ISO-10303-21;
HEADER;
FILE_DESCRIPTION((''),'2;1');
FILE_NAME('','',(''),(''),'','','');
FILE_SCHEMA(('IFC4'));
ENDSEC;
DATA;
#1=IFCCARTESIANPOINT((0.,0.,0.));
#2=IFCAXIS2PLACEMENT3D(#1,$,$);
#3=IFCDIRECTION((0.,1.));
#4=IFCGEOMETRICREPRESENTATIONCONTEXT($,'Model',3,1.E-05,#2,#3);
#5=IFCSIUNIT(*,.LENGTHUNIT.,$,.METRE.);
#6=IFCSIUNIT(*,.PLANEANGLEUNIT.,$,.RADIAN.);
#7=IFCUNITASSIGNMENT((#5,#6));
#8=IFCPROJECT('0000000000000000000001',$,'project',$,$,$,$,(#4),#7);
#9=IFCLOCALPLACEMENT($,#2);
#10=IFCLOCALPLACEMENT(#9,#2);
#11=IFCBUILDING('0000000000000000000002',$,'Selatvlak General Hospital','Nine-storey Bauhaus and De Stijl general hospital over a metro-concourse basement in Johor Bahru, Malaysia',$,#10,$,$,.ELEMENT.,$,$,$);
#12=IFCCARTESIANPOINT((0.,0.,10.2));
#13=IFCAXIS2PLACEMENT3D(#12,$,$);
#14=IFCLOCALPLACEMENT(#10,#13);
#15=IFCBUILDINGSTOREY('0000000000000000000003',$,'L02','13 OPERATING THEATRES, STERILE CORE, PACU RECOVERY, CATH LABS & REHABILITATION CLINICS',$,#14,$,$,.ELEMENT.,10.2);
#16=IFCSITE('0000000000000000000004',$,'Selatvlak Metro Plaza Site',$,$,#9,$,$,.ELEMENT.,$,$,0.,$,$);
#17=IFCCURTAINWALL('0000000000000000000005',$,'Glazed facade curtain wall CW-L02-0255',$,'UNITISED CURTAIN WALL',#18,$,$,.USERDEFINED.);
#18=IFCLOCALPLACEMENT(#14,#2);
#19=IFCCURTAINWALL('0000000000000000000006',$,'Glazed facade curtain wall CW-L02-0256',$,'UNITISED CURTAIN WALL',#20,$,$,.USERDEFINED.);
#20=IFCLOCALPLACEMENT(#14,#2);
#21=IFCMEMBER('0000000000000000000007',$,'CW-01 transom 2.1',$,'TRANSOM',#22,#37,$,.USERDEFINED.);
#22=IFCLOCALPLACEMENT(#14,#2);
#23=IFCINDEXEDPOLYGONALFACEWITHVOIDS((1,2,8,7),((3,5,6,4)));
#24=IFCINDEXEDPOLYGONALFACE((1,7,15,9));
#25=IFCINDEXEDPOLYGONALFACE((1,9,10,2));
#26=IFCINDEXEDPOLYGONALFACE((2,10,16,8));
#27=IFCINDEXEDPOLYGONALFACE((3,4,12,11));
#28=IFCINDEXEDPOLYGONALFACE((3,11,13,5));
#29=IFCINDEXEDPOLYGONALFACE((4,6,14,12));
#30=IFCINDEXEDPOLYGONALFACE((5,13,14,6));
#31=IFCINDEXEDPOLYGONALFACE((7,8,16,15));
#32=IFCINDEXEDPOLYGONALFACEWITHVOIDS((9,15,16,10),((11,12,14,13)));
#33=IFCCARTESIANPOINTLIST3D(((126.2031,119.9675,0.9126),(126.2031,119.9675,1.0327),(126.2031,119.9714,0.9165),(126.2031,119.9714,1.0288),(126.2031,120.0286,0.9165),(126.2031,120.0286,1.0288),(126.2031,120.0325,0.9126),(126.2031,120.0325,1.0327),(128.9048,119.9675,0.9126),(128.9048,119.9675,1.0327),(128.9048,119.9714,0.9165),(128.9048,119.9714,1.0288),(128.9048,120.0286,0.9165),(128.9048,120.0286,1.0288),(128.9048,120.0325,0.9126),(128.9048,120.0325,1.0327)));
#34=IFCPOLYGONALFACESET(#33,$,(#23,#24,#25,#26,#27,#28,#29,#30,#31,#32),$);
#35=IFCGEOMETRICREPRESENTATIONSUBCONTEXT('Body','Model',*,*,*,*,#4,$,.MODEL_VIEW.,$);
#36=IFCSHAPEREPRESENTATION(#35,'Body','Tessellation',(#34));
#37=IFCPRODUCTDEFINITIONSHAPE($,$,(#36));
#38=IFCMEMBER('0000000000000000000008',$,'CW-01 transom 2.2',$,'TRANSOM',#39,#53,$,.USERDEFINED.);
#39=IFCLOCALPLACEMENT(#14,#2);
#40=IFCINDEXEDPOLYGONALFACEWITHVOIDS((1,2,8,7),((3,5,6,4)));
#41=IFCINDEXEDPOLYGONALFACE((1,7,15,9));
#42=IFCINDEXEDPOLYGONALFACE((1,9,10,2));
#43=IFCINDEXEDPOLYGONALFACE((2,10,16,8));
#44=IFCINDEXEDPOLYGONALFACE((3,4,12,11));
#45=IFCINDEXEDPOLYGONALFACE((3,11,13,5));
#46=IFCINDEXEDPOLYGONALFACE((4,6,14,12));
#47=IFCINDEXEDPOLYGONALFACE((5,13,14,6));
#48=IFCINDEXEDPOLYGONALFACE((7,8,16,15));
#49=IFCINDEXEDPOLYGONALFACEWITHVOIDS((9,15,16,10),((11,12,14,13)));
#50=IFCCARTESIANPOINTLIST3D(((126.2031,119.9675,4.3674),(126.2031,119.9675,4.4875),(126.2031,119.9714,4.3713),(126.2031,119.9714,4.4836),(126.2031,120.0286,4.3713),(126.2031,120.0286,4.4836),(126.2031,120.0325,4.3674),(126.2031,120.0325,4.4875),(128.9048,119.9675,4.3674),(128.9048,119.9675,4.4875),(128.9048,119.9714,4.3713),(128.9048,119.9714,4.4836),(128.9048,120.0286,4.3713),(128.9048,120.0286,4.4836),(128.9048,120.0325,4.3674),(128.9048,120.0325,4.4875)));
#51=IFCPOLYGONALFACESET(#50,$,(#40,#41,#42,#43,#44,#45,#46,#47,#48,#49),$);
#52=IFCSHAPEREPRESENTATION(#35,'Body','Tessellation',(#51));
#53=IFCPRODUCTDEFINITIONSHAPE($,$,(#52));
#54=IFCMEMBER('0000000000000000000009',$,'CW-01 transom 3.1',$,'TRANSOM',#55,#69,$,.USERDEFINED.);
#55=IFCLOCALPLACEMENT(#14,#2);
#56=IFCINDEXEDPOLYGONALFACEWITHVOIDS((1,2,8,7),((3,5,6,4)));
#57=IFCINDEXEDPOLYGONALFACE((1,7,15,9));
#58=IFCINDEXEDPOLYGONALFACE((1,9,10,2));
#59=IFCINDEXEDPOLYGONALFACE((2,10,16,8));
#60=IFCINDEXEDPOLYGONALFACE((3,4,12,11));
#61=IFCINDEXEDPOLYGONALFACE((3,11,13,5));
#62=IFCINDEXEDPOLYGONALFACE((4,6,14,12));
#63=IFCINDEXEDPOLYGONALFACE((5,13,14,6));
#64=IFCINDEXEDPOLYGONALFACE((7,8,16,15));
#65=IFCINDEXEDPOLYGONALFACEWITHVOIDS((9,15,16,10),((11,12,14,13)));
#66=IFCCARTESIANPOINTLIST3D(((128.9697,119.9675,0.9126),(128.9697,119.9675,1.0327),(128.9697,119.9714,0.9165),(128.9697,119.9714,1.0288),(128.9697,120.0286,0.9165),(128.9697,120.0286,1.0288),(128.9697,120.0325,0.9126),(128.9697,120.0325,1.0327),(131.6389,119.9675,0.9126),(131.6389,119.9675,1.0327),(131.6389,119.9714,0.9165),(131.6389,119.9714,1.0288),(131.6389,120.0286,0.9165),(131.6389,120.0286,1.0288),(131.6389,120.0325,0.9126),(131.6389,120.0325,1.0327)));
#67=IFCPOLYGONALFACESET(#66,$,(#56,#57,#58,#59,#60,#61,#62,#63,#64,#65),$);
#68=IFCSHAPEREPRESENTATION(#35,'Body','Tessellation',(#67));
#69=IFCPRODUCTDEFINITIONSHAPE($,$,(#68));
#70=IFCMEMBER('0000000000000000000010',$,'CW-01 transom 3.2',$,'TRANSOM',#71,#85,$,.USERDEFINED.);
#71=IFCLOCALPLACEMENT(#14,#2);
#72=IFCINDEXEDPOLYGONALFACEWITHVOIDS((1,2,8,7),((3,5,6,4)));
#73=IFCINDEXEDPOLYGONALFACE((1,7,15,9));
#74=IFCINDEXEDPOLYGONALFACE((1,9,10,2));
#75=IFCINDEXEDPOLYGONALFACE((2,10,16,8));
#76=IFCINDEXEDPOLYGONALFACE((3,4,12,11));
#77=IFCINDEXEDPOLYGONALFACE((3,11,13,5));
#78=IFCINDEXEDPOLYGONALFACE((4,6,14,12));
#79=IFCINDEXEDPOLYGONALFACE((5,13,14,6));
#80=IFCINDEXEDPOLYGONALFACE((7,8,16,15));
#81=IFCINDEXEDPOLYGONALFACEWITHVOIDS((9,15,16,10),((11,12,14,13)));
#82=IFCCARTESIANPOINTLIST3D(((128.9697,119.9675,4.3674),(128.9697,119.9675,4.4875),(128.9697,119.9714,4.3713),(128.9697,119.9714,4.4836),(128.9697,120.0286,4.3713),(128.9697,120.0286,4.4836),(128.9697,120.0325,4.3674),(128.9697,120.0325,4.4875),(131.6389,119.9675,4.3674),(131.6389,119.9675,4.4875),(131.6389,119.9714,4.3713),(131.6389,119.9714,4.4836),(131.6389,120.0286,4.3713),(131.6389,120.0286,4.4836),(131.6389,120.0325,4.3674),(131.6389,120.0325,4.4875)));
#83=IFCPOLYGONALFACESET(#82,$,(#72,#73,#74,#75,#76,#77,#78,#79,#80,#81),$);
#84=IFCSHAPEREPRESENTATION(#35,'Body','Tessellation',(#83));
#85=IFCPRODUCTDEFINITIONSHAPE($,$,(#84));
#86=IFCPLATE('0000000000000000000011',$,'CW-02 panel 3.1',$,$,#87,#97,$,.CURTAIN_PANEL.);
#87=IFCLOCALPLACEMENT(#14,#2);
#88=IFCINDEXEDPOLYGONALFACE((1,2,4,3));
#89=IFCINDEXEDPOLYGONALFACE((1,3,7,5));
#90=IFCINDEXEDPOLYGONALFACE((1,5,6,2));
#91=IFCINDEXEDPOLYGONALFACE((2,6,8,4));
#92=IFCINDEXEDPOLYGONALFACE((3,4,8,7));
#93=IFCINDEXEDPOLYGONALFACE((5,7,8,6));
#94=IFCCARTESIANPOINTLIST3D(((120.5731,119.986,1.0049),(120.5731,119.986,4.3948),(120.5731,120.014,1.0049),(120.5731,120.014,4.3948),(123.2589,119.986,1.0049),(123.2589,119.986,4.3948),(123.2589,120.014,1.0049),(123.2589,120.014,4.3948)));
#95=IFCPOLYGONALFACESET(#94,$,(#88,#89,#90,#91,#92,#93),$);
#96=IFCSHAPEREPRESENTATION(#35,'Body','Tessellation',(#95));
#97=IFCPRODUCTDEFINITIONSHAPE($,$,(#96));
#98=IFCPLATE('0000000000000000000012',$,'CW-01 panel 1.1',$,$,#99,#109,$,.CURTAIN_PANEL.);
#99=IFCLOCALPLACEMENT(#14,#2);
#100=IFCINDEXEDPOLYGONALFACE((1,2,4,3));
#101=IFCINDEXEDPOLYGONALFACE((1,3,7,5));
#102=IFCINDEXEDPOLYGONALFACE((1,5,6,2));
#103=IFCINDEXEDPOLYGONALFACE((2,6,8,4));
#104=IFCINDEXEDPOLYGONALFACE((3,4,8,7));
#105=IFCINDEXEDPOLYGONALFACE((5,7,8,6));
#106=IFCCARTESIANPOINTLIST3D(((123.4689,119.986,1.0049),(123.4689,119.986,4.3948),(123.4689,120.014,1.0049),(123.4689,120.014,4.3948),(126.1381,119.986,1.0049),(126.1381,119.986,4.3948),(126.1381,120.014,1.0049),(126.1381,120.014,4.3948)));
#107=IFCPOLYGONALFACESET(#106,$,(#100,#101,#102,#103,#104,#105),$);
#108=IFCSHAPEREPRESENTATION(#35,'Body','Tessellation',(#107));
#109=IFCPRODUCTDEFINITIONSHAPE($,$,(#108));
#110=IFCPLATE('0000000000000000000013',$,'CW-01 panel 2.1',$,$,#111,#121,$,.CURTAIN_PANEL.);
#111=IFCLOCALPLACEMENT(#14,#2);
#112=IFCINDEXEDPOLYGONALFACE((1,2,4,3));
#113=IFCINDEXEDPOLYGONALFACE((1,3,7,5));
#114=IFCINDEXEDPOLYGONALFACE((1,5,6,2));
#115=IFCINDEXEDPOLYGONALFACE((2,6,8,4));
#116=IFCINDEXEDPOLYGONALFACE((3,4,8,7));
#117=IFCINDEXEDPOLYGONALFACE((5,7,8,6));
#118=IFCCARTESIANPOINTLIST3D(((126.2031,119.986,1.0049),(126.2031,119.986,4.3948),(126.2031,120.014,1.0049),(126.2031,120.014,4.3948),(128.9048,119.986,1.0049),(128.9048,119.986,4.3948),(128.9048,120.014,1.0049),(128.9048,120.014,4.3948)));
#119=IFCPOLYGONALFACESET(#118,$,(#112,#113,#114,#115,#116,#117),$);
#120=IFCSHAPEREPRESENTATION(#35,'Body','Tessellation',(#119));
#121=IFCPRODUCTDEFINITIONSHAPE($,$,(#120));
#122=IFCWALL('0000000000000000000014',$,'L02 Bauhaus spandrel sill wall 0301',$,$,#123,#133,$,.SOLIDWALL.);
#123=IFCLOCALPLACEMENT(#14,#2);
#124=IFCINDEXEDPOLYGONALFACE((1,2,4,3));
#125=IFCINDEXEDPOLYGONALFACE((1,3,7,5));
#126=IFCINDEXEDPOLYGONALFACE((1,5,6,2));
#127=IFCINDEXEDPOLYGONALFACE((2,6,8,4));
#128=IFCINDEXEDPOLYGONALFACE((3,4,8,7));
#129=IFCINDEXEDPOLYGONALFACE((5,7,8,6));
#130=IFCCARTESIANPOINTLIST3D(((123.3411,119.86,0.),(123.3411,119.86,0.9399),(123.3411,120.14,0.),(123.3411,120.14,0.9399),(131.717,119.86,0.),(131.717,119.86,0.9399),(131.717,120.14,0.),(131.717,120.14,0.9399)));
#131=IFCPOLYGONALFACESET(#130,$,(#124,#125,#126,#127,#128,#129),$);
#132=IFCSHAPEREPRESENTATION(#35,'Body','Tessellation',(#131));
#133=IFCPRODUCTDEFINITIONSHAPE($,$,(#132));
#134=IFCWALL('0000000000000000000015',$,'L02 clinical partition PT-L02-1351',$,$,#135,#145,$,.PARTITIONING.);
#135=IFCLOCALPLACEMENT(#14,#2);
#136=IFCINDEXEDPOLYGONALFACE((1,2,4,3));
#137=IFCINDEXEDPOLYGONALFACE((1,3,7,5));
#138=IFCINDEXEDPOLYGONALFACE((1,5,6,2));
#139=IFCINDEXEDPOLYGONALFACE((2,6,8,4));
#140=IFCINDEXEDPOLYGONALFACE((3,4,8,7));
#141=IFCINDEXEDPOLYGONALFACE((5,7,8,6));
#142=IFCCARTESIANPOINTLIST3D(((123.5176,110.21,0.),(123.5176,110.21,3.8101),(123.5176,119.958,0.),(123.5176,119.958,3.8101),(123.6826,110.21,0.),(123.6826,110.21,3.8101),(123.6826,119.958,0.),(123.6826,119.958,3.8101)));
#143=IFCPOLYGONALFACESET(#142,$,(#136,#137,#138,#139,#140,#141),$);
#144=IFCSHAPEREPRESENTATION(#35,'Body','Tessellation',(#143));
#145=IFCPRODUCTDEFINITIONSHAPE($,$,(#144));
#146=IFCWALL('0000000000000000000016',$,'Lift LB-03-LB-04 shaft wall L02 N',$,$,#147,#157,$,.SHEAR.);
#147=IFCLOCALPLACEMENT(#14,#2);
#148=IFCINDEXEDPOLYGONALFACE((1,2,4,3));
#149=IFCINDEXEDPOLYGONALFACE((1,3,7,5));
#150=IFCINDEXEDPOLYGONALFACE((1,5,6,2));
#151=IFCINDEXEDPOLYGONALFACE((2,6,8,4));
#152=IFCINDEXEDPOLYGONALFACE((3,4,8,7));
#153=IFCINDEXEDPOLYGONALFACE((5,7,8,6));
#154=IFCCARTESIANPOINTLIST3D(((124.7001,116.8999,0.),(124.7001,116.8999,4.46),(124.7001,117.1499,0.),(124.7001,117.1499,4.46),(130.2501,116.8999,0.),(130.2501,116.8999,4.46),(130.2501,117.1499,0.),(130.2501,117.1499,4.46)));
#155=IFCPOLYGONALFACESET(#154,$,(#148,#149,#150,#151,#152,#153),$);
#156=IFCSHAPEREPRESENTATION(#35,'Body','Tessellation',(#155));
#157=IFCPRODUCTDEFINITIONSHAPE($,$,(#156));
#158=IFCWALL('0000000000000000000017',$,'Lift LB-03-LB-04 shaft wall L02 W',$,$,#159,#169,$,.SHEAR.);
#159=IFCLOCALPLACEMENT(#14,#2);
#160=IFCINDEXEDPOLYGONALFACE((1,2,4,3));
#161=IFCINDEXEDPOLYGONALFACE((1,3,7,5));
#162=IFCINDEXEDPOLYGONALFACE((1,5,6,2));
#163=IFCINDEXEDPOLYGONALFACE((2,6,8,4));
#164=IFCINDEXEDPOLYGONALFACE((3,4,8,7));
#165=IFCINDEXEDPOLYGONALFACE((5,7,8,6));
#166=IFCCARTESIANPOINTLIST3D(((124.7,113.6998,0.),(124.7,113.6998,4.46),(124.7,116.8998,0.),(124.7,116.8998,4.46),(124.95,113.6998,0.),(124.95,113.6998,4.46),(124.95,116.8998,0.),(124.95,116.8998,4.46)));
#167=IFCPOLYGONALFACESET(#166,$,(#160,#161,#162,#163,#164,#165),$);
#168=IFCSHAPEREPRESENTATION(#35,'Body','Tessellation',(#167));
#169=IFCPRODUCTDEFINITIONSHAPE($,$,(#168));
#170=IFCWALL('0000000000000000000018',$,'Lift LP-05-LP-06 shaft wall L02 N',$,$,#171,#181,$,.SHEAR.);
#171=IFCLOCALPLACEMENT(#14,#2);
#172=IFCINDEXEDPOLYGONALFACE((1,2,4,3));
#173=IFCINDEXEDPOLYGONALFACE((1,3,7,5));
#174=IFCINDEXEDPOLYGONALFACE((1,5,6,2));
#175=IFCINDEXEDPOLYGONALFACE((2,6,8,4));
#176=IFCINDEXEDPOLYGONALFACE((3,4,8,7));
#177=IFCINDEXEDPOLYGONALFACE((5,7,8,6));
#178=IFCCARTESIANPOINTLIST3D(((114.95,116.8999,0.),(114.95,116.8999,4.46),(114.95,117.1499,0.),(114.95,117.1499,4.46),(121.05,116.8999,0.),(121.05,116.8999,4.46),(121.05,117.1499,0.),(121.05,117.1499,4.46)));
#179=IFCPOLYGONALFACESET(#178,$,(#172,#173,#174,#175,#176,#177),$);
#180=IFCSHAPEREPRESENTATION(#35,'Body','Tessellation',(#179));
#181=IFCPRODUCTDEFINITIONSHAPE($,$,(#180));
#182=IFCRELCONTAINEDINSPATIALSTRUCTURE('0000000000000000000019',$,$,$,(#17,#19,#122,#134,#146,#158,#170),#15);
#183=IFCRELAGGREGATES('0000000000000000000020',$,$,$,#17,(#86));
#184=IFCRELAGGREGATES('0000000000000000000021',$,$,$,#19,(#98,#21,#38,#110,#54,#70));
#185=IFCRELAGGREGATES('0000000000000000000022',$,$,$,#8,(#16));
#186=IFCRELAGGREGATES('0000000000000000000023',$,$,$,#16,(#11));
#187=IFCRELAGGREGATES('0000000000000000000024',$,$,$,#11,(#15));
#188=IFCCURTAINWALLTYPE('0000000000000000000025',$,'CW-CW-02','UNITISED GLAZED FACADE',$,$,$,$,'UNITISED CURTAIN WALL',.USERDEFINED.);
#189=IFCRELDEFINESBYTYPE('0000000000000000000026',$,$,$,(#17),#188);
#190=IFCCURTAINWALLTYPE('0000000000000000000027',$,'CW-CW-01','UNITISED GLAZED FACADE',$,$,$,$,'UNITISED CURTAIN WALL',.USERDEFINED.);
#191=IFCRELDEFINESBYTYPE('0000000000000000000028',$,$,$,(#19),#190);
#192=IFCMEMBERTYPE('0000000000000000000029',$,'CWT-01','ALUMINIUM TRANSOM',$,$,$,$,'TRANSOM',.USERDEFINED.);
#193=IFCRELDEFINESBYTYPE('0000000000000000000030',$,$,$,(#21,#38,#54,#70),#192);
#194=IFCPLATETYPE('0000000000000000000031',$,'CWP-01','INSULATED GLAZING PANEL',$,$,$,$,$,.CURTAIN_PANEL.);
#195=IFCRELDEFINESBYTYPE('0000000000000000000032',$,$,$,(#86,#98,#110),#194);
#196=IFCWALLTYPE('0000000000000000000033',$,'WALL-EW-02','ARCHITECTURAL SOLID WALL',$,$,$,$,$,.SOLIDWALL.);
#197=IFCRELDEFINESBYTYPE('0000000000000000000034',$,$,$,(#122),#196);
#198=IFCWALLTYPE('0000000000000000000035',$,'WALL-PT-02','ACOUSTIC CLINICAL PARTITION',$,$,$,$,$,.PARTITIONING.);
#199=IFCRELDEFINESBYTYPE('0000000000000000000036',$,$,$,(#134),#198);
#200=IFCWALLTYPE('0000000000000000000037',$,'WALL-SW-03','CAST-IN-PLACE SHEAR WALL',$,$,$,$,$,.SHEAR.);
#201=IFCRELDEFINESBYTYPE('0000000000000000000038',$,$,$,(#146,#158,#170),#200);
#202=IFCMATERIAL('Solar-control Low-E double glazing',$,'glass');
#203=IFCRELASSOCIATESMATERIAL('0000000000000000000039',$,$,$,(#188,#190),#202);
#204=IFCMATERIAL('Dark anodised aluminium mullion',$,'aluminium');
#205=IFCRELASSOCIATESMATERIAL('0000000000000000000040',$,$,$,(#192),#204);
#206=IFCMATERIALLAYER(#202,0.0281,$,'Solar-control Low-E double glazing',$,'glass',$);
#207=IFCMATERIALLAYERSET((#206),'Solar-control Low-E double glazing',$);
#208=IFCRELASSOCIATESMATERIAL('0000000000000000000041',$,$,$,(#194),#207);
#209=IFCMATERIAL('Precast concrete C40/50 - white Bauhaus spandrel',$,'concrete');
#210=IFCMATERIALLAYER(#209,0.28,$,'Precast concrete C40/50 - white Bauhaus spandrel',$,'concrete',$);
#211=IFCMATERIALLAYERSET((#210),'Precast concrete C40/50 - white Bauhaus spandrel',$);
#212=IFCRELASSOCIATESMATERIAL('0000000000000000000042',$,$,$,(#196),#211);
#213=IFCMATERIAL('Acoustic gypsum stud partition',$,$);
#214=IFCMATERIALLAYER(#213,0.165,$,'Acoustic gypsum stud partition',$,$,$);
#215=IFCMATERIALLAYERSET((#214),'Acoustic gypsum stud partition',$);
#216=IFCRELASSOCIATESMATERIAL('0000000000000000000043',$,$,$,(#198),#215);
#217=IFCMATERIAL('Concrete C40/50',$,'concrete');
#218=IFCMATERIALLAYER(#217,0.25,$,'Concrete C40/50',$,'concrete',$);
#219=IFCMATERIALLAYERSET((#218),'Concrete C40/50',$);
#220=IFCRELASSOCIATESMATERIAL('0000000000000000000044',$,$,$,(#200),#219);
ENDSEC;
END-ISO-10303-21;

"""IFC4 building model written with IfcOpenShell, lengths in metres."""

from ifc_helpers import new_model, si_unit, direction, frame, frame_2d, origin, origin_2d, place, context, subcontext, project, spatial, rectangle, hollow_rectangle, extrude, material, layer, layer_set, material_profile, profile_set, type_object, element, aggregate, save


model = new_model("IFC4")

# Units and contexts
model_context = context("Model", 3, precision=1e-05, world=origin(), true_north=direction((0.0, 1.0)))
body_context = subcontext(model_context, "Body", "Model", "MODEL_VIEW")
ifc_project = project(units=[si_unit("LENGTHUNIT", "METRE"), si_unit("PLANEANGLEUNIT", "RADIAN")], contexts=[model_context])

# Site, building, storey
site_placement = place(None, origin())
site = spatial("IfcSite", under=ifc_project, at=site_placement, Name="Selatvlak Metro Plaza Site", CompositionType="ELEMENT", RefElevation=0.0)
building_placement = place(site_placement, origin())
building = spatial("IfcBuilding", under=site, at=building_placement, Name="Selatvlak General Hospital", Description="Nine-storey Bauhaus and De Stijl general hospital over a metro-concourse basement in Johor Bahru, Malaysia", CompositionType="ELEMENT")
storey_placement = place(building_placement, frame((0.0, 0.0, 10.2)))
storey = spatial("IfcBuildingStorey", under=building, at=storey_placement, Name="L02", Description="13 OPERATING THEATRES, STERILE CORE, PACU RECOVERY, CATH LABS & REHABILITATION CLINICS", CompositionType="ELEMENT", Elevation=10.2)

# Shared definitions
ifc_material_1 = material(Name="Concrete C40/50", Category="concrete")

# Curtain walls
ifc_material_2 = material(Name="Solar-control Low-E double glazing", Category="glass")
curtain_wall_type_1 = type_object("IfcCurtainWallType", Name="CW-CW-02", Description="UNITISED GLAZED FACADE", ElementType="UNITISED CURTAIN WALL", PredefinedType="USERDEFINED", material=ifc_material_2)
curtain_wall_1_placement = place(storey_placement, origin())
curtain_wall_1 = element("IfcCurtainWall", 1, at=curtain_wall_1_placement, inside=storey, type_object=curtain_wall_type_1, Name="Glazed facade curtain wall CW-L02-0255", ObjectType="UNITISED CURTAIN WALL", PredefinedType="USERDEFINED")
ifc_material_3 = material(Name="Dark anodised aluminium mullion", Category="aluminium")
curtain_wall_type_2 = type_object("IfcCurtainWallType", Name="CW-CW-01", Description="UNITISED GLAZED FACADE", ElementType="UNITISED CURTAIN WALL", PredefinedType="USERDEFINED", material=ifc_material_2)
curtain_wall_2_placement = place(storey_placement, origin())
curtain_wall_2 = element("IfcCurtainWall", 2, at=curtain_wall_2_placement, inside=storey, type_object=curtain_wall_type_2, Name="Glazed facade curtain wall CW-L02-0256", ObjectType="UNITISED CURTAIN WALL", PredefinedType="USERDEFINED")

# Members
ifc_material_profile_1 = material_profile(ifc_material_3, hollow_rectangle(XDim=0.0649, YDim=0.1201, WallThickness=0.0039, at=origin_2d()), Name="AL-TRN 65x120x4")
ifc_profile_set_1 = profile_set([ifc_material_profile_1], Name="Dark anodised aluminium mullion")
member_type_1 = type_object("IfcMemberType", Name="CWT-01", Description="ALUMINIUM TRANSOM", ElementType="TRANSOM", PredefinedType="USERDEFINED", material=ifc_profile_set_1)
member_1_placement = place(storey_placement, frame((126.2031, 120.0, 0.9727), z_axis=(1.0, 0.0, 0.0), x_axis=(0.0, 1.0, 0.0)))
member_1 = element("IfcMember", 3, at=member_1_placement, type_object=member_type_1, Name="CW-01 transom 2.1", ObjectType="TRANSOM", PredefinedType="USERDEFINED", context=body_context, shape_type="SweptSolid", body=[
    extrude(hollow_rectangle(XDim=0.0649, YDim=0.1201, WallThickness=0.0039, at=origin_2d()), origin(), (0.0, 0.0, 1.0), 2.7017),
])
member_2_placement = place(storey_placement, frame((126.2031, 120.0, 4.4275), z_axis=(1.0, 0.0, 0.0), x_axis=(0.0, 1.0, 0.0)))
member_2 = element("IfcMember", 4, at=member_2_placement, type_object=member_type_1, Name="CW-01 transom 2.2", ObjectType="TRANSOM", PredefinedType="USERDEFINED", context=body_context, shape_type="SweptSolid", body=[
    extrude(hollow_rectangle(XDim=0.0649, YDim=0.1201, WallThickness=0.0039, at=origin_2d()), origin(), (0.0, 0.0, 1.0), 2.7017),
])
member_3_placement = place(storey_placement, frame((128.9697, 120.0, 0.9727), z_axis=(1.0, 0.0, 0.0), x_axis=(0.0, 1.0, 0.0)))
member_3 = element("IfcMember", 5, at=member_3_placement, type_object=member_type_1, Name="CW-01 transom 3.1", ObjectType="TRANSOM", PredefinedType="USERDEFINED", context=body_context, shape_type="SweptSolid", body=[
    extrude(hollow_rectangle(XDim=0.0649, YDim=0.1201, WallThickness=0.0039, at=origin_2d()), origin(), (0.0, 0.0, 1.0), 2.6692),
])
member_4_placement = place(storey_placement, frame((128.9697, 120.0, 4.4275), z_axis=(1.0, 0.0, 0.0), x_axis=(0.0, 1.0, 0.0)))
member_4 = element("IfcMember", 6, at=member_4_placement, type_object=member_type_1, Name="CW-01 transom 3.2", ObjectType="TRANSOM", PredefinedType="USERDEFINED", context=body_context, shape_type="SweptSolid", body=[
    extrude(hollow_rectangle(XDim=0.0649, YDim=0.1201, WallThickness=0.0039, at=origin_2d()), origin(), (0.0, 0.0, 1.0), 2.6692),
])

# Plates
ifc_layer_1 = layer(ifc_material_2, 0.0281, Name="Solar-control Low-E double glazing", Category="glass")
ifc_layer_set_1 = layer_set([ifc_layer_1], Name="Solar-control Low-E double glazing")
plate_type = type_object("IfcPlateType", Name="CWP-01", Description="INSULATED GLAZING PANEL", PredefinedType="CURTAIN_PANEL", material=ifc_layer_set_1)
plate_1_placement = place(storey_placement, frame((121.916, 120.0, 1.0049), z_axis=(0.0, 0.0, 1.0), x_axis=(1.0, 0.0, 0.0)))
plate_1 = element("IfcPlate", 7, at=plate_1_placement, type_object=plate_type, Name="CW-02 panel 3.1", PredefinedType="CURTAIN_PANEL", context=body_context, shape_type="SweptSolid", body=[
    extrude(rectangle(XDim=2.6858, YDim=0.0281, at=origin_2d()), origin(), (0.0, 0.0, 1.0), 3.3899),
])
aggregate(curtain_wall_1, [plate_1])
plate_2_placement = place(storey_placement, frame((124.8035, 120.0, 1.0049), z_axis=(0.0, 0.0, 1.0), x_axis=(1.0, 0.0, 0.0)))
plate_2 = element("IfcPlate", 8, at=plate_2_placement, type_object=plate_type, Name="CW-01 panel 1.1", PredefinedType="CURTAIN_PANEL", context=body_context, shape_type="SweptSolid", body=[
    extrude(rectangle(XDim=2.6692, YDim=0.0281, at=origin_2d()), origin(), (0.0, 0.0, 1.0), 3.3899),
])
plate_3_placement = place(storey_placement, frame((127.554, 120.0, 1.0049), z_axis=(0.0, 0.0, 1.0), x_axis=(1.0, 0.0, 0.0)))
plate_3 = element("IfcPlate", 9, at=plate_3_placement, type_object=plate_type, Name="CW-01 panel 2.1", PredefinedType="CURTAIN_PANEL", context=body_context, shape_type="SweptSolid", body=[
    extrude(rectangle(XDim=2.7017, YDim=0.0281, at=origin_2d()), origin(), (0.0, 0.0, 1.0), 3.3899),
])
aggregate(curtain_wall_2, [plate_2, member_1, member_2, plate_3, member_3, member_4])

# Walls
ifc_material_4 = material(Name="Precast concrete C40/50 - white Bauhaus spandrel", Category="concrete")
ifc_layer_2 = layer(ifc_material_4, 0.28, Name="Precast concrete C40/50 - white Bauhaus spandrel", Category="concrete")
ifc_layer_set_2 = layer_set([ifc_layer_2], Name="Precast concrete C40/50 - white Bauhaus spandrel")
wall_type_1 = type_object("IfcWallType", Name="WALL-EW-02", Description="ARCHITECTURAL SOLID WALL", PredefinedType="SOLIDWALL", material=ifc_layer_set_2)
wall_1_placement = place(storey_placement, frame((123.3411, 120.0, 0.0), z_axis=(0.0, 0.0, 1.0), x_axis=(1.0, 0.0, 0.0)))
element("IfcWall", 10, at=wall_1_placement, inside=storey, type_object=wall_type_1, Name="L02 Bauhaus spandrel sill wall 0301", PredefinedType="SOLIDWALL", context=body_context, shape_type="SweptSolid", body=[
    extrude(rectangle(XDim=8.376, YDim=0.28, at=frame_2d((4.188, 0.0))), origin(), (0.0, 0.0, 1.0), 0.9399),
])
ifc_material_5 = material(Name="Acoustic gypsum stud partition")
ifc_layer_3 = layer(ifc_material_5, 0.165, Name="Acoustic gypsum stud partition")
ifc_layer_set_3 = layer_set([ifc_layer_3], Name="Acoustic gypsum stud partition")
wall_type_2 = type_object("IfcWallType", Name="WALL-PT-02", Description="ACOUSTIC CLINICAL PARTITION", PredefinedType="PARTITIONING", material=ifc_layer_set_3)
wall_2_placement = place(storey_placement, frame((123.6001, 119.958, 0.0), z_axis=(0.0, 0.0, 1.0), x_axis=(0.0, -1.0, 0.0)))
element("IfcWall", 11, at=wall_2_placement, inside=storey, type_object=wall_type_2, Name="L02 clinical partition PT-L02-1351", PredefinedType="PARTITIONING", context=body_context, shape_type="SweptSolid", body=[
    extrude(rectangle(XDim=9.748, YDim=0.165, at=frame_2d((4.874, 0.0))), origin(), (0.0, 0.0, 1.0), 3.8101),
])
ifc_layer_4 = layer(ifc_material_1, 0.25, Name="Concrete C40/50", Category="concrete")
ifc_layer_set_4 = layer_set([ifc_layer_4], Name="Concrete C40/50")
wall_type_3 = type_object("IfcWallType", Name="WALL-SW-03", Description="CAST-IN-PLACE SHEAR WALL", PredefinedType="SHEAR", material=ifc_layer_set_4)
wall_3_placement = place(storey_placement, frame((130.25, 117.0249, 0.0), z_axis=(0.0, 0.0, 1.0), x_axis=(-1.0, 0.0, 0.0)))
element("IfcWall", 12, at=wall_3_placement, inside=storey, type_object=wall_type_3, Name="Lift LB-03-LB-04 shaft wall L02 N", PredefinedType="SHEAR", context=body_context, shape_type="SweptSolid", body=[
    extrude(rectangle(XDim=5.55, YDim=0.25, at=frame_2d((2.7749, 0.0))), origin(), (0.0, 0.0, 1.0), 4.46),
])
wall_4_placement = place(storey_placement, frame((124.825, 116.8999, 0.0), z_axis=(0.0, 0.0, 1.0), x_axis=(0.0, -1.0, 0.0)))
element("IfcWall", 13, at=wall_4_placement, inside=storey, type_object=wall_type_3, Name="Lift LB-03-LB-04 shaft wall L02 W", PredefinedType="SHEAR", context=body_context, shape_type="SweptSolid", body=[
    extrude(rectangle(XDim=3.2, YDim=0.25, at=frame_2d((1.6001, 0.0))), origin(), (0.0, 0.0, 1.0), 4.46),
])
wall_5_placement = place(storey_placement, frame((121.05, 117.0249, 0.0), z_axis=(0.0, 0.0, 1.0), x_axis=(-1.0, 0.0, 0.0)))
element("IfcWall", 14, at=wall_5_placement, inside=storey, type_object=wall_type_3, Name="Lift LP-05-LP-06 shaft wall L02 N", PredefinedType="SHEAR", context=body_context, shape_type="SweptSolid", body=[
    extrude(rectangle(XDim=6.1001, YDim=0.25, at=frame_2d((3.05, 0.0))), origin(), (0.0, 0.0, 1.0), 4.46),
])

save(model, "model.ifc")
